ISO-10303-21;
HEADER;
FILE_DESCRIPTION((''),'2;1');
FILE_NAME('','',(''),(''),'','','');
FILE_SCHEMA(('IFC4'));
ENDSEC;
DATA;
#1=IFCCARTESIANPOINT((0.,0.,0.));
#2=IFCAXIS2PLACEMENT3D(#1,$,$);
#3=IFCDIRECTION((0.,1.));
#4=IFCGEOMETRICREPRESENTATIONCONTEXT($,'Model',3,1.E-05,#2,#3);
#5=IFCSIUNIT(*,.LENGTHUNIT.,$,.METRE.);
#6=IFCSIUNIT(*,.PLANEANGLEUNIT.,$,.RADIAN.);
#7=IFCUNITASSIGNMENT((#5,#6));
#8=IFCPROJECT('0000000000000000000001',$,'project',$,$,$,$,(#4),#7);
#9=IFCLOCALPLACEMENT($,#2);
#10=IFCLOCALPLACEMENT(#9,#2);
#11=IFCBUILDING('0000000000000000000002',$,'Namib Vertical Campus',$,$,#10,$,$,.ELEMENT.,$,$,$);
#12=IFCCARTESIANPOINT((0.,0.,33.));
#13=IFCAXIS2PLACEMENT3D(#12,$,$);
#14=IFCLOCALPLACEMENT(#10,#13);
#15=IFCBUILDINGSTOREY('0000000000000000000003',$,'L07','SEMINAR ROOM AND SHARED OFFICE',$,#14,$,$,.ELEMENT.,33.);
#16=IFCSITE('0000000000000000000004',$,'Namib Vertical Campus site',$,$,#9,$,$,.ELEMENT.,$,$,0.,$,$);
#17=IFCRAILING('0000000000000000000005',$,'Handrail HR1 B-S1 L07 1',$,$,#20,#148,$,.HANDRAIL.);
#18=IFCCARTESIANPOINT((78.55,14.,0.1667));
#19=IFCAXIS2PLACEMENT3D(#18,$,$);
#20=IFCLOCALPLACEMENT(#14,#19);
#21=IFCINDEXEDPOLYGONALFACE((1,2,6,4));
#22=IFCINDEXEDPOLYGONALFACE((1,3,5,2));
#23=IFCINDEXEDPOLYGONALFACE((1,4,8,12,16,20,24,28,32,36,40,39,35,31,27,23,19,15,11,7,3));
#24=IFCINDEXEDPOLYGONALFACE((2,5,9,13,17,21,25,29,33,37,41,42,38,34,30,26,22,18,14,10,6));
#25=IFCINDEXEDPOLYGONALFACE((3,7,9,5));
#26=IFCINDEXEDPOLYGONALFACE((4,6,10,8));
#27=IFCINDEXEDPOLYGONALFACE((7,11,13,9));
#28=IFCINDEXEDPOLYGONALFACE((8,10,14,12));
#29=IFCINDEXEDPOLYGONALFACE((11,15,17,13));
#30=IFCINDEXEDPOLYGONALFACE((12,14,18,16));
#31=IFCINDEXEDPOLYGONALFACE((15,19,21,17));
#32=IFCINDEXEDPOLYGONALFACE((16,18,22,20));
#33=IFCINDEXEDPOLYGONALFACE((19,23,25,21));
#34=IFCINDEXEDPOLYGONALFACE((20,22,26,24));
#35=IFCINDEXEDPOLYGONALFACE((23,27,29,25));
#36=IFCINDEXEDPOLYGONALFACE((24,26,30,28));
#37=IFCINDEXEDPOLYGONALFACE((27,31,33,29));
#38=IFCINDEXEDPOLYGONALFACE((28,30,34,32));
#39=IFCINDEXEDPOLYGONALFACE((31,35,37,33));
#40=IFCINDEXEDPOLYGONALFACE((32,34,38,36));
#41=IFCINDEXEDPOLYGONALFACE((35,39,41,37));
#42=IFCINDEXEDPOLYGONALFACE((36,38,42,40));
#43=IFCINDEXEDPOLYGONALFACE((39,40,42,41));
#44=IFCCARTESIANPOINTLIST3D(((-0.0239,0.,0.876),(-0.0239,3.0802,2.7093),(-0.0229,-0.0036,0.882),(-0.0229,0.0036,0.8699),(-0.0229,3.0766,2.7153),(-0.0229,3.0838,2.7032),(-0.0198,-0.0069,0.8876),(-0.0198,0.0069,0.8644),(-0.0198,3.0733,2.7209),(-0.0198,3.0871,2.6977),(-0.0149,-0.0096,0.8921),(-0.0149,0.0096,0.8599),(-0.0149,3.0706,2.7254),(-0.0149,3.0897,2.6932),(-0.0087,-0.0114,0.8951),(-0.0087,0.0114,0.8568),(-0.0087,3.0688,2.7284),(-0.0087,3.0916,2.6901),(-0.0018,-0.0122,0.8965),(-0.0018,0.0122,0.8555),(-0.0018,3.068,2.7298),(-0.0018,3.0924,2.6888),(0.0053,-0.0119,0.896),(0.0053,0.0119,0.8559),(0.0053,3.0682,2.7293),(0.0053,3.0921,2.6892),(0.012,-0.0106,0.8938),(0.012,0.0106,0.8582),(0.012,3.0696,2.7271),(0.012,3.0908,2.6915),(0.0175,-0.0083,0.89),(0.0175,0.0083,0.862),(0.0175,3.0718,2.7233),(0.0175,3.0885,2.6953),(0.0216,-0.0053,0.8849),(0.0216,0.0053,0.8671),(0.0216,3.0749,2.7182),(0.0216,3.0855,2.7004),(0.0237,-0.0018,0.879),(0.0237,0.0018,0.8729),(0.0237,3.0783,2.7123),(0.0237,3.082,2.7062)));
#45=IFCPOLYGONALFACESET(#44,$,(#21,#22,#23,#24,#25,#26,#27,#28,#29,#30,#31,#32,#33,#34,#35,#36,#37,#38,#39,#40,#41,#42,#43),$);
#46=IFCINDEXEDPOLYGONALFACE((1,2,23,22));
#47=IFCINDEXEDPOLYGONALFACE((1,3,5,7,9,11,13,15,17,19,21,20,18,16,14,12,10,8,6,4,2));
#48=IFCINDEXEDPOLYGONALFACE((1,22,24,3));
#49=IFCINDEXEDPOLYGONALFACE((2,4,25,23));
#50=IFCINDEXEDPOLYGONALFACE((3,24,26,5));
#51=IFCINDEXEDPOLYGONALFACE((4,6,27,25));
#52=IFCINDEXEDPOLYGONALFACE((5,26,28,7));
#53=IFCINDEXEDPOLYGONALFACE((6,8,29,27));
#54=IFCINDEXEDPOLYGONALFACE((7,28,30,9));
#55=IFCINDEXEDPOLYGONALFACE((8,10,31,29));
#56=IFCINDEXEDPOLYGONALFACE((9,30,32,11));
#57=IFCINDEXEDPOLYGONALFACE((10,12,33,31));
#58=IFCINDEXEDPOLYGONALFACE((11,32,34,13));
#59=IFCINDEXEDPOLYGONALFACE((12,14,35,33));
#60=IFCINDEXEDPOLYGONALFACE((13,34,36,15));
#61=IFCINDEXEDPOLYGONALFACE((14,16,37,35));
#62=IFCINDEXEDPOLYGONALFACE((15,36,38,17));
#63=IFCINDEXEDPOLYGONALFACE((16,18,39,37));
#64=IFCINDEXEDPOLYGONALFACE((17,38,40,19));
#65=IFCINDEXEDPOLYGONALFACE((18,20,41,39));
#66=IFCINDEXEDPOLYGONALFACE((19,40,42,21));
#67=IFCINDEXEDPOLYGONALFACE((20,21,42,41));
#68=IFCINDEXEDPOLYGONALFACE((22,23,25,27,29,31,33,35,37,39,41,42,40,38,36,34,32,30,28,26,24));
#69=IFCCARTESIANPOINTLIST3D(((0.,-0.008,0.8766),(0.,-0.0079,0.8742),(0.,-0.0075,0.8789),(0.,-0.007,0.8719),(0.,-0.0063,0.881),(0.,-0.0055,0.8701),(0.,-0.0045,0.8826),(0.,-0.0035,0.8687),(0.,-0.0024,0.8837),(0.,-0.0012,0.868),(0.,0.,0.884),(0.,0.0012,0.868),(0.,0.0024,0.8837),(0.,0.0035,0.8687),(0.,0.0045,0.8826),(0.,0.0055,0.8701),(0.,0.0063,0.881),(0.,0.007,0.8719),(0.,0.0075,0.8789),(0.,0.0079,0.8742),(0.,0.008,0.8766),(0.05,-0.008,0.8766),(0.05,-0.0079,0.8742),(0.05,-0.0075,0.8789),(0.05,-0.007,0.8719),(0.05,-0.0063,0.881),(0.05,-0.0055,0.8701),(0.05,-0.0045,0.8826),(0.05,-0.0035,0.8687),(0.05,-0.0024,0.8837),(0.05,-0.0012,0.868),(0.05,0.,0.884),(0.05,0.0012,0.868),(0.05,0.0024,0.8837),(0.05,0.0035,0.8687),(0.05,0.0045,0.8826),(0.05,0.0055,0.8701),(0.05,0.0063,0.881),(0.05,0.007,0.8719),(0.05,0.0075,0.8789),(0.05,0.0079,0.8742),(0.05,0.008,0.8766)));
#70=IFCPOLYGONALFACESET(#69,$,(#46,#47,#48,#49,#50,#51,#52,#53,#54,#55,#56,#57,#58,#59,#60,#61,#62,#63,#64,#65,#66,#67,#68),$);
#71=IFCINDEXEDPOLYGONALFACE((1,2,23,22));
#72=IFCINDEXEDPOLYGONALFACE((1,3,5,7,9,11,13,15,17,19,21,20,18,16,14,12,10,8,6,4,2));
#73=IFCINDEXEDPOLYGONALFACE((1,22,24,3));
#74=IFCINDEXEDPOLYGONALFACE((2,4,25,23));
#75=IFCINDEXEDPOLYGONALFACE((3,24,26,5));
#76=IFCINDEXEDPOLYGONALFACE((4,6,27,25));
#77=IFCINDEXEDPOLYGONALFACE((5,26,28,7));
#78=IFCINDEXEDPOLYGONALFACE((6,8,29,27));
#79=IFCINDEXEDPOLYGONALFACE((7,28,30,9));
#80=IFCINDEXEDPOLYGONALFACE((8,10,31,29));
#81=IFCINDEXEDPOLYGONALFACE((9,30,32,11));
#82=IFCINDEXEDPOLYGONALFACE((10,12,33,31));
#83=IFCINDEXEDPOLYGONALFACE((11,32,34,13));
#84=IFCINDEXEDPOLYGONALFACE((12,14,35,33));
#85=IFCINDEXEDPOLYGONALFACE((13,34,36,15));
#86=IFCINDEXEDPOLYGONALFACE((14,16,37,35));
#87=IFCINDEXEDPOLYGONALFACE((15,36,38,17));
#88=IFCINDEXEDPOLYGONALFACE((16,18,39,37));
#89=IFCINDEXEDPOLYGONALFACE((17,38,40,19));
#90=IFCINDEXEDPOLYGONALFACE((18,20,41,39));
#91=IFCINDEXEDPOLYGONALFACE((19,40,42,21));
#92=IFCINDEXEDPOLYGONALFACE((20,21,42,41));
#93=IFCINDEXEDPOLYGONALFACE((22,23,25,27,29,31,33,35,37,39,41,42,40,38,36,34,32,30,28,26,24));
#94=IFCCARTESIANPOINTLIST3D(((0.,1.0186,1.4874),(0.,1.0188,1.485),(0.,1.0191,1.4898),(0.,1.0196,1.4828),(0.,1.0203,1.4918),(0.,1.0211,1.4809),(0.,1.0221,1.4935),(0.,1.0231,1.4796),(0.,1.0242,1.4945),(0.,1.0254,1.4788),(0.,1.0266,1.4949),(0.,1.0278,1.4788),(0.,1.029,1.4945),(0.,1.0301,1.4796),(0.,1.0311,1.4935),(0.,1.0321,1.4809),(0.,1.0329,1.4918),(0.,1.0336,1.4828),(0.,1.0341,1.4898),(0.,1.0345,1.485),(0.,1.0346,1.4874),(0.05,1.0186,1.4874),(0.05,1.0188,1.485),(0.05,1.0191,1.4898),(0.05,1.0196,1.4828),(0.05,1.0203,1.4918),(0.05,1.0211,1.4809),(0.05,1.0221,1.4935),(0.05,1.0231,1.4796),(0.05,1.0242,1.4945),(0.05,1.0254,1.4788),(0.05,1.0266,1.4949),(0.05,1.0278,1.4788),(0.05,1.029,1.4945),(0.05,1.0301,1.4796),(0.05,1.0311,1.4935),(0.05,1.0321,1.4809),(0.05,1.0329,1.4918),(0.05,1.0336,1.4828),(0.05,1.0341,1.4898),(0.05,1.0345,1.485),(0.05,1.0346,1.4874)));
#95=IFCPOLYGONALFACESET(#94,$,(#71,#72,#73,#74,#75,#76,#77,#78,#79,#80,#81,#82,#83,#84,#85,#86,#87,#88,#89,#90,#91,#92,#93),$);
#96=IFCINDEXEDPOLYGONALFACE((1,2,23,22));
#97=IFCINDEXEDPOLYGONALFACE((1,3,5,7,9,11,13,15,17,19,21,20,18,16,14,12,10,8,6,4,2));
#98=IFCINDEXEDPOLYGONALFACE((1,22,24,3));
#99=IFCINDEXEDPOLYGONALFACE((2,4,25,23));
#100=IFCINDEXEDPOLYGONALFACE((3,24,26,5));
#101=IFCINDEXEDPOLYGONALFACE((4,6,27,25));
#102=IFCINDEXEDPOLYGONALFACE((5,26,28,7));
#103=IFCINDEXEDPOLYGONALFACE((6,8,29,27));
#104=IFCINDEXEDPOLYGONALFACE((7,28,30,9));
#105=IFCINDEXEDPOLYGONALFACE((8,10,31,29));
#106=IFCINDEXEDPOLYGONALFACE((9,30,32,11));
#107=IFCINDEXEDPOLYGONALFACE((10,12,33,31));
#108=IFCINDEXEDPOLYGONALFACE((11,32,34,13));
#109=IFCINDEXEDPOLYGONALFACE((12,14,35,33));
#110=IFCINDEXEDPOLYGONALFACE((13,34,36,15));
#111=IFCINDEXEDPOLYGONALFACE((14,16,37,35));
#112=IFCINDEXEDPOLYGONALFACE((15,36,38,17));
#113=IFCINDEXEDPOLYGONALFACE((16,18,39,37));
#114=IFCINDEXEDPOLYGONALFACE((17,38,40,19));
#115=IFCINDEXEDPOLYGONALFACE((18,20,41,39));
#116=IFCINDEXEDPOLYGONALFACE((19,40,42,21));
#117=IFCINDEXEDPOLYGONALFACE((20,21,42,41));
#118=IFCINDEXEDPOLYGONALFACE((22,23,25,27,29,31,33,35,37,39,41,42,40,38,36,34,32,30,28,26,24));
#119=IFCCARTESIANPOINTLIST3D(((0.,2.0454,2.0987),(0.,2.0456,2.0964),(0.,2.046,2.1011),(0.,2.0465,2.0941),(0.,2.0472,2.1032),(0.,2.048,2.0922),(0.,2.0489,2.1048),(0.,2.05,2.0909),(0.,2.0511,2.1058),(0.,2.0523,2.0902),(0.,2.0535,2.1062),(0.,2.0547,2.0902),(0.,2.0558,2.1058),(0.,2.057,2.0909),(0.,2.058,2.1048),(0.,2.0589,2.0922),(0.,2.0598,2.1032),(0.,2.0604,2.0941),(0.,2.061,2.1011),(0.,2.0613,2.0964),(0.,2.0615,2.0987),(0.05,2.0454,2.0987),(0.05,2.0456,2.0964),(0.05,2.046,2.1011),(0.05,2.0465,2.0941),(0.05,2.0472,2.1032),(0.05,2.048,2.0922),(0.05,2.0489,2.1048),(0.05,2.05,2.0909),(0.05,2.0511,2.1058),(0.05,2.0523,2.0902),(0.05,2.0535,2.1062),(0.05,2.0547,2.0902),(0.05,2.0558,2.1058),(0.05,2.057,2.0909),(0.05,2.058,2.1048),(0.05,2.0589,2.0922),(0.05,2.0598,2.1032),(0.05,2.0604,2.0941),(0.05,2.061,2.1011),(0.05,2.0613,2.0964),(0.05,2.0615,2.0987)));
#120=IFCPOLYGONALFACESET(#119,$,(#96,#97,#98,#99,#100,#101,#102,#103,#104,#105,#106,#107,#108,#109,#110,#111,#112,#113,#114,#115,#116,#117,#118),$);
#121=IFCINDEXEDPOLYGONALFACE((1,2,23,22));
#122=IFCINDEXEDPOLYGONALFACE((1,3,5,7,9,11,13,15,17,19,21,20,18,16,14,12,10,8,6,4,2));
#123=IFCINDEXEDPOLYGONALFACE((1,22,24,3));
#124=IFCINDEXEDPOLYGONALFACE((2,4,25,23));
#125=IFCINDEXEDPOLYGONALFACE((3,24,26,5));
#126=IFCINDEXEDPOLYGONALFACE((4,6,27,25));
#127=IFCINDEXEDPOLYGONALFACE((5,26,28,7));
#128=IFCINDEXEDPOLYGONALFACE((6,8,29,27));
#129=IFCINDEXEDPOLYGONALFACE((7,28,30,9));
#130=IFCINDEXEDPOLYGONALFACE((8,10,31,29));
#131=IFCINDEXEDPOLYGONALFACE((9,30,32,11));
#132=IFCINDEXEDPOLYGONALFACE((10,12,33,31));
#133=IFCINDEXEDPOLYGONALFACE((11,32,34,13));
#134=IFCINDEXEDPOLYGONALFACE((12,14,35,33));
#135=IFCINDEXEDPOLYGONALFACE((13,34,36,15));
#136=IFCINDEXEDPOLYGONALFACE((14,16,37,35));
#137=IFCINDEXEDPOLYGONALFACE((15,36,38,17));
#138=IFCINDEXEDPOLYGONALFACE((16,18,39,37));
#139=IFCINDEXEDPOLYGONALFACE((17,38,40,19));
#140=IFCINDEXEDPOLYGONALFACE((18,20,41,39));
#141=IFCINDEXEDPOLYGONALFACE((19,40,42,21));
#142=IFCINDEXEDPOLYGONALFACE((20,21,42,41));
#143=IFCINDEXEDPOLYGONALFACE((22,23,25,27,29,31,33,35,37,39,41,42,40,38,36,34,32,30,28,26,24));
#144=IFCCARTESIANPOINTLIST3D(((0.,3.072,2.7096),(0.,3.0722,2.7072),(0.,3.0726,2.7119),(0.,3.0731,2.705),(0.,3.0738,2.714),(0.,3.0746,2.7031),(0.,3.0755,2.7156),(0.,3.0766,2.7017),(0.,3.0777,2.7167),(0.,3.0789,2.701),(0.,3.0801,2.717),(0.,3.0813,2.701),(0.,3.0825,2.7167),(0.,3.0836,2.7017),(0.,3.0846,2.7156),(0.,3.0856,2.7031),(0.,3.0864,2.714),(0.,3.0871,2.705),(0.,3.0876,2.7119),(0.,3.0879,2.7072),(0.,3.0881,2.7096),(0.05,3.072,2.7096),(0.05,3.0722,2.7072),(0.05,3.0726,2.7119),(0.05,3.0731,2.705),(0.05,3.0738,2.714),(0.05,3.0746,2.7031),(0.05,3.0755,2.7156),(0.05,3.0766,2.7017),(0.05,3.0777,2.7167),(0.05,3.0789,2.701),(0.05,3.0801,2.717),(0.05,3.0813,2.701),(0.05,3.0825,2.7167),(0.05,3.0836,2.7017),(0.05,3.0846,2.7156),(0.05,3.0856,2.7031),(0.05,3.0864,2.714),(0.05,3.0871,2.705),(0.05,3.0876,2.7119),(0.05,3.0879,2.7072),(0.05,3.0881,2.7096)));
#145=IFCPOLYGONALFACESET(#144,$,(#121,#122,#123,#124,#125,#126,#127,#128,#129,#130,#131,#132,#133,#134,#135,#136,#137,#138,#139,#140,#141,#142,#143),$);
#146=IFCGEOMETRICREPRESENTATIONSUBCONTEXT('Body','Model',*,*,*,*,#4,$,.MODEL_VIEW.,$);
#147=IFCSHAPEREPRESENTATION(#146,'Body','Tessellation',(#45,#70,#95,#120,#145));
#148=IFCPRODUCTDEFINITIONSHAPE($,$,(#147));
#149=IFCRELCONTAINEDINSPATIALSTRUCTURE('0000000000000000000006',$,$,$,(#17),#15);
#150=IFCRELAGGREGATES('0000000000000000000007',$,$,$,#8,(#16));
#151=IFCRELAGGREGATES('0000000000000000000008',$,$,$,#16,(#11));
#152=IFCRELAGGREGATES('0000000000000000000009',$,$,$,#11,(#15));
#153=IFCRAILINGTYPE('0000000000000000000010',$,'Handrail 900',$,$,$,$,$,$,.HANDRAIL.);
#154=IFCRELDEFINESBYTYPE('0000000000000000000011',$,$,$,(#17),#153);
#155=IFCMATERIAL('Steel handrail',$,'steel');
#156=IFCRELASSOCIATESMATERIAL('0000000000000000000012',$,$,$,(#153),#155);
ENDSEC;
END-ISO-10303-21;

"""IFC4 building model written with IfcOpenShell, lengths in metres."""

from ifc_helpers import new_model, si_unit, direction, frame, origin, origin_2d, place, context, subcontext, project, spatial, circle, extrude, material, type_object, element, save


model = new_model("IFC4")

# Units and contexts
model_context = context("Model", 3, precision=1e-05, world=origin(), true_north=direction((0.0, 1.0)))
body_context = subcontext(model_context, "Body", "Model", "MODEL_VIEW")
ifc_project = project(units=[si_unit("LENGTHUNIT", "METRE"), si_unit("PLANEANGLEUNIT", "RADIAN")], contexts=[model_context])

# Site, building, storey
site_placement = place(None, origin())
site = spatial("IfcSite", under=ifc_project, at=site_placement, Name="Namib Vertical Campus site", CompositionType="ELEMENT", RefElevation=0.0)
building_placement = place(site_placement, origin())
building = spatial("IfcBuilding", under=site, at=building_placement, Name="Namib Vertical Campus", CompositionType="ELEMENT")
storey_placement = place(building_placement, frame((0.0, 0.0, 33.0)))
storey = spatial("IfcBuildingStorey", under=building, at=storey_placement, Name="L07", Description="SEMINAR ROOM AND SHARED OFFICE", CompositionType="ELEMENT", Elevation=33.0)

# Railing
ifc_material_1 = material(Name="Steel handrail", Category="steel")
railing_type_1 = type_object("IfcRailingType", Name="Handrail 900", PredefinedType="HANDRAIL", material=ifc_material_1)
railing_1_placement = place(storey_placement, frame((78.55, 14.0, 0.1667)))
element("IfcRailing", 1, at=railing_1_placement, inside=storey, type_object=railing_type_1, Name="Handrail HR1 B-S1 L07 1", PredefinedType="HANDRAIL", context=body_context, shape_type="SweptSolid", body=[
    extrude(circle(Radius=0.0239, at=origin_2d()), frame((0.0, 0.0, 0.876), z_axis=(0.0, 0.859309, 0.511458), x_axis=(-1.0, 0.0, 0.0)), (0.0, 0.0, 1.0), 3.5845),
    extrude(circle(Radius=0.0081, at=origin_2d()), frame((0.0, 0.0, 0.876), z_axis=(1.0, 0.0, 0.0), x_axis=(0.0, 0.0, 1.0)), (0.0, 0.0, 1.0), 0.05),
    extrude(circle(Radius=0.0081, at=origin_2d()), frame((0.0, 1.0266, 1.4868), z_axis=(1.0, 0.0, 0.0), x_axis=(0.0, 0.0, 1.0)), (0.0, 0.0, 1.0), 0.05),
    extrude(circle(Radius=0.0081, at=origin_2d()), frame((0.0, 2.0535, 2.0981), z_axis=(1.0, 0.0, 0.0), x_axis=(0.0, 0.0, 1.0)), (0.0, 0.0, 1.0), 0.05),
    extrude(circle(Radius=0.0081, at=origin_2d()), frame((0.0, 3.0801, 2.709), z_axis=(1.0, 0.0, 0.0), x_axis=(0.0, 0.0, 1.0)), (0.0, 0.0, 1.0), 0.05),
])

save(model, "model.ifc")
